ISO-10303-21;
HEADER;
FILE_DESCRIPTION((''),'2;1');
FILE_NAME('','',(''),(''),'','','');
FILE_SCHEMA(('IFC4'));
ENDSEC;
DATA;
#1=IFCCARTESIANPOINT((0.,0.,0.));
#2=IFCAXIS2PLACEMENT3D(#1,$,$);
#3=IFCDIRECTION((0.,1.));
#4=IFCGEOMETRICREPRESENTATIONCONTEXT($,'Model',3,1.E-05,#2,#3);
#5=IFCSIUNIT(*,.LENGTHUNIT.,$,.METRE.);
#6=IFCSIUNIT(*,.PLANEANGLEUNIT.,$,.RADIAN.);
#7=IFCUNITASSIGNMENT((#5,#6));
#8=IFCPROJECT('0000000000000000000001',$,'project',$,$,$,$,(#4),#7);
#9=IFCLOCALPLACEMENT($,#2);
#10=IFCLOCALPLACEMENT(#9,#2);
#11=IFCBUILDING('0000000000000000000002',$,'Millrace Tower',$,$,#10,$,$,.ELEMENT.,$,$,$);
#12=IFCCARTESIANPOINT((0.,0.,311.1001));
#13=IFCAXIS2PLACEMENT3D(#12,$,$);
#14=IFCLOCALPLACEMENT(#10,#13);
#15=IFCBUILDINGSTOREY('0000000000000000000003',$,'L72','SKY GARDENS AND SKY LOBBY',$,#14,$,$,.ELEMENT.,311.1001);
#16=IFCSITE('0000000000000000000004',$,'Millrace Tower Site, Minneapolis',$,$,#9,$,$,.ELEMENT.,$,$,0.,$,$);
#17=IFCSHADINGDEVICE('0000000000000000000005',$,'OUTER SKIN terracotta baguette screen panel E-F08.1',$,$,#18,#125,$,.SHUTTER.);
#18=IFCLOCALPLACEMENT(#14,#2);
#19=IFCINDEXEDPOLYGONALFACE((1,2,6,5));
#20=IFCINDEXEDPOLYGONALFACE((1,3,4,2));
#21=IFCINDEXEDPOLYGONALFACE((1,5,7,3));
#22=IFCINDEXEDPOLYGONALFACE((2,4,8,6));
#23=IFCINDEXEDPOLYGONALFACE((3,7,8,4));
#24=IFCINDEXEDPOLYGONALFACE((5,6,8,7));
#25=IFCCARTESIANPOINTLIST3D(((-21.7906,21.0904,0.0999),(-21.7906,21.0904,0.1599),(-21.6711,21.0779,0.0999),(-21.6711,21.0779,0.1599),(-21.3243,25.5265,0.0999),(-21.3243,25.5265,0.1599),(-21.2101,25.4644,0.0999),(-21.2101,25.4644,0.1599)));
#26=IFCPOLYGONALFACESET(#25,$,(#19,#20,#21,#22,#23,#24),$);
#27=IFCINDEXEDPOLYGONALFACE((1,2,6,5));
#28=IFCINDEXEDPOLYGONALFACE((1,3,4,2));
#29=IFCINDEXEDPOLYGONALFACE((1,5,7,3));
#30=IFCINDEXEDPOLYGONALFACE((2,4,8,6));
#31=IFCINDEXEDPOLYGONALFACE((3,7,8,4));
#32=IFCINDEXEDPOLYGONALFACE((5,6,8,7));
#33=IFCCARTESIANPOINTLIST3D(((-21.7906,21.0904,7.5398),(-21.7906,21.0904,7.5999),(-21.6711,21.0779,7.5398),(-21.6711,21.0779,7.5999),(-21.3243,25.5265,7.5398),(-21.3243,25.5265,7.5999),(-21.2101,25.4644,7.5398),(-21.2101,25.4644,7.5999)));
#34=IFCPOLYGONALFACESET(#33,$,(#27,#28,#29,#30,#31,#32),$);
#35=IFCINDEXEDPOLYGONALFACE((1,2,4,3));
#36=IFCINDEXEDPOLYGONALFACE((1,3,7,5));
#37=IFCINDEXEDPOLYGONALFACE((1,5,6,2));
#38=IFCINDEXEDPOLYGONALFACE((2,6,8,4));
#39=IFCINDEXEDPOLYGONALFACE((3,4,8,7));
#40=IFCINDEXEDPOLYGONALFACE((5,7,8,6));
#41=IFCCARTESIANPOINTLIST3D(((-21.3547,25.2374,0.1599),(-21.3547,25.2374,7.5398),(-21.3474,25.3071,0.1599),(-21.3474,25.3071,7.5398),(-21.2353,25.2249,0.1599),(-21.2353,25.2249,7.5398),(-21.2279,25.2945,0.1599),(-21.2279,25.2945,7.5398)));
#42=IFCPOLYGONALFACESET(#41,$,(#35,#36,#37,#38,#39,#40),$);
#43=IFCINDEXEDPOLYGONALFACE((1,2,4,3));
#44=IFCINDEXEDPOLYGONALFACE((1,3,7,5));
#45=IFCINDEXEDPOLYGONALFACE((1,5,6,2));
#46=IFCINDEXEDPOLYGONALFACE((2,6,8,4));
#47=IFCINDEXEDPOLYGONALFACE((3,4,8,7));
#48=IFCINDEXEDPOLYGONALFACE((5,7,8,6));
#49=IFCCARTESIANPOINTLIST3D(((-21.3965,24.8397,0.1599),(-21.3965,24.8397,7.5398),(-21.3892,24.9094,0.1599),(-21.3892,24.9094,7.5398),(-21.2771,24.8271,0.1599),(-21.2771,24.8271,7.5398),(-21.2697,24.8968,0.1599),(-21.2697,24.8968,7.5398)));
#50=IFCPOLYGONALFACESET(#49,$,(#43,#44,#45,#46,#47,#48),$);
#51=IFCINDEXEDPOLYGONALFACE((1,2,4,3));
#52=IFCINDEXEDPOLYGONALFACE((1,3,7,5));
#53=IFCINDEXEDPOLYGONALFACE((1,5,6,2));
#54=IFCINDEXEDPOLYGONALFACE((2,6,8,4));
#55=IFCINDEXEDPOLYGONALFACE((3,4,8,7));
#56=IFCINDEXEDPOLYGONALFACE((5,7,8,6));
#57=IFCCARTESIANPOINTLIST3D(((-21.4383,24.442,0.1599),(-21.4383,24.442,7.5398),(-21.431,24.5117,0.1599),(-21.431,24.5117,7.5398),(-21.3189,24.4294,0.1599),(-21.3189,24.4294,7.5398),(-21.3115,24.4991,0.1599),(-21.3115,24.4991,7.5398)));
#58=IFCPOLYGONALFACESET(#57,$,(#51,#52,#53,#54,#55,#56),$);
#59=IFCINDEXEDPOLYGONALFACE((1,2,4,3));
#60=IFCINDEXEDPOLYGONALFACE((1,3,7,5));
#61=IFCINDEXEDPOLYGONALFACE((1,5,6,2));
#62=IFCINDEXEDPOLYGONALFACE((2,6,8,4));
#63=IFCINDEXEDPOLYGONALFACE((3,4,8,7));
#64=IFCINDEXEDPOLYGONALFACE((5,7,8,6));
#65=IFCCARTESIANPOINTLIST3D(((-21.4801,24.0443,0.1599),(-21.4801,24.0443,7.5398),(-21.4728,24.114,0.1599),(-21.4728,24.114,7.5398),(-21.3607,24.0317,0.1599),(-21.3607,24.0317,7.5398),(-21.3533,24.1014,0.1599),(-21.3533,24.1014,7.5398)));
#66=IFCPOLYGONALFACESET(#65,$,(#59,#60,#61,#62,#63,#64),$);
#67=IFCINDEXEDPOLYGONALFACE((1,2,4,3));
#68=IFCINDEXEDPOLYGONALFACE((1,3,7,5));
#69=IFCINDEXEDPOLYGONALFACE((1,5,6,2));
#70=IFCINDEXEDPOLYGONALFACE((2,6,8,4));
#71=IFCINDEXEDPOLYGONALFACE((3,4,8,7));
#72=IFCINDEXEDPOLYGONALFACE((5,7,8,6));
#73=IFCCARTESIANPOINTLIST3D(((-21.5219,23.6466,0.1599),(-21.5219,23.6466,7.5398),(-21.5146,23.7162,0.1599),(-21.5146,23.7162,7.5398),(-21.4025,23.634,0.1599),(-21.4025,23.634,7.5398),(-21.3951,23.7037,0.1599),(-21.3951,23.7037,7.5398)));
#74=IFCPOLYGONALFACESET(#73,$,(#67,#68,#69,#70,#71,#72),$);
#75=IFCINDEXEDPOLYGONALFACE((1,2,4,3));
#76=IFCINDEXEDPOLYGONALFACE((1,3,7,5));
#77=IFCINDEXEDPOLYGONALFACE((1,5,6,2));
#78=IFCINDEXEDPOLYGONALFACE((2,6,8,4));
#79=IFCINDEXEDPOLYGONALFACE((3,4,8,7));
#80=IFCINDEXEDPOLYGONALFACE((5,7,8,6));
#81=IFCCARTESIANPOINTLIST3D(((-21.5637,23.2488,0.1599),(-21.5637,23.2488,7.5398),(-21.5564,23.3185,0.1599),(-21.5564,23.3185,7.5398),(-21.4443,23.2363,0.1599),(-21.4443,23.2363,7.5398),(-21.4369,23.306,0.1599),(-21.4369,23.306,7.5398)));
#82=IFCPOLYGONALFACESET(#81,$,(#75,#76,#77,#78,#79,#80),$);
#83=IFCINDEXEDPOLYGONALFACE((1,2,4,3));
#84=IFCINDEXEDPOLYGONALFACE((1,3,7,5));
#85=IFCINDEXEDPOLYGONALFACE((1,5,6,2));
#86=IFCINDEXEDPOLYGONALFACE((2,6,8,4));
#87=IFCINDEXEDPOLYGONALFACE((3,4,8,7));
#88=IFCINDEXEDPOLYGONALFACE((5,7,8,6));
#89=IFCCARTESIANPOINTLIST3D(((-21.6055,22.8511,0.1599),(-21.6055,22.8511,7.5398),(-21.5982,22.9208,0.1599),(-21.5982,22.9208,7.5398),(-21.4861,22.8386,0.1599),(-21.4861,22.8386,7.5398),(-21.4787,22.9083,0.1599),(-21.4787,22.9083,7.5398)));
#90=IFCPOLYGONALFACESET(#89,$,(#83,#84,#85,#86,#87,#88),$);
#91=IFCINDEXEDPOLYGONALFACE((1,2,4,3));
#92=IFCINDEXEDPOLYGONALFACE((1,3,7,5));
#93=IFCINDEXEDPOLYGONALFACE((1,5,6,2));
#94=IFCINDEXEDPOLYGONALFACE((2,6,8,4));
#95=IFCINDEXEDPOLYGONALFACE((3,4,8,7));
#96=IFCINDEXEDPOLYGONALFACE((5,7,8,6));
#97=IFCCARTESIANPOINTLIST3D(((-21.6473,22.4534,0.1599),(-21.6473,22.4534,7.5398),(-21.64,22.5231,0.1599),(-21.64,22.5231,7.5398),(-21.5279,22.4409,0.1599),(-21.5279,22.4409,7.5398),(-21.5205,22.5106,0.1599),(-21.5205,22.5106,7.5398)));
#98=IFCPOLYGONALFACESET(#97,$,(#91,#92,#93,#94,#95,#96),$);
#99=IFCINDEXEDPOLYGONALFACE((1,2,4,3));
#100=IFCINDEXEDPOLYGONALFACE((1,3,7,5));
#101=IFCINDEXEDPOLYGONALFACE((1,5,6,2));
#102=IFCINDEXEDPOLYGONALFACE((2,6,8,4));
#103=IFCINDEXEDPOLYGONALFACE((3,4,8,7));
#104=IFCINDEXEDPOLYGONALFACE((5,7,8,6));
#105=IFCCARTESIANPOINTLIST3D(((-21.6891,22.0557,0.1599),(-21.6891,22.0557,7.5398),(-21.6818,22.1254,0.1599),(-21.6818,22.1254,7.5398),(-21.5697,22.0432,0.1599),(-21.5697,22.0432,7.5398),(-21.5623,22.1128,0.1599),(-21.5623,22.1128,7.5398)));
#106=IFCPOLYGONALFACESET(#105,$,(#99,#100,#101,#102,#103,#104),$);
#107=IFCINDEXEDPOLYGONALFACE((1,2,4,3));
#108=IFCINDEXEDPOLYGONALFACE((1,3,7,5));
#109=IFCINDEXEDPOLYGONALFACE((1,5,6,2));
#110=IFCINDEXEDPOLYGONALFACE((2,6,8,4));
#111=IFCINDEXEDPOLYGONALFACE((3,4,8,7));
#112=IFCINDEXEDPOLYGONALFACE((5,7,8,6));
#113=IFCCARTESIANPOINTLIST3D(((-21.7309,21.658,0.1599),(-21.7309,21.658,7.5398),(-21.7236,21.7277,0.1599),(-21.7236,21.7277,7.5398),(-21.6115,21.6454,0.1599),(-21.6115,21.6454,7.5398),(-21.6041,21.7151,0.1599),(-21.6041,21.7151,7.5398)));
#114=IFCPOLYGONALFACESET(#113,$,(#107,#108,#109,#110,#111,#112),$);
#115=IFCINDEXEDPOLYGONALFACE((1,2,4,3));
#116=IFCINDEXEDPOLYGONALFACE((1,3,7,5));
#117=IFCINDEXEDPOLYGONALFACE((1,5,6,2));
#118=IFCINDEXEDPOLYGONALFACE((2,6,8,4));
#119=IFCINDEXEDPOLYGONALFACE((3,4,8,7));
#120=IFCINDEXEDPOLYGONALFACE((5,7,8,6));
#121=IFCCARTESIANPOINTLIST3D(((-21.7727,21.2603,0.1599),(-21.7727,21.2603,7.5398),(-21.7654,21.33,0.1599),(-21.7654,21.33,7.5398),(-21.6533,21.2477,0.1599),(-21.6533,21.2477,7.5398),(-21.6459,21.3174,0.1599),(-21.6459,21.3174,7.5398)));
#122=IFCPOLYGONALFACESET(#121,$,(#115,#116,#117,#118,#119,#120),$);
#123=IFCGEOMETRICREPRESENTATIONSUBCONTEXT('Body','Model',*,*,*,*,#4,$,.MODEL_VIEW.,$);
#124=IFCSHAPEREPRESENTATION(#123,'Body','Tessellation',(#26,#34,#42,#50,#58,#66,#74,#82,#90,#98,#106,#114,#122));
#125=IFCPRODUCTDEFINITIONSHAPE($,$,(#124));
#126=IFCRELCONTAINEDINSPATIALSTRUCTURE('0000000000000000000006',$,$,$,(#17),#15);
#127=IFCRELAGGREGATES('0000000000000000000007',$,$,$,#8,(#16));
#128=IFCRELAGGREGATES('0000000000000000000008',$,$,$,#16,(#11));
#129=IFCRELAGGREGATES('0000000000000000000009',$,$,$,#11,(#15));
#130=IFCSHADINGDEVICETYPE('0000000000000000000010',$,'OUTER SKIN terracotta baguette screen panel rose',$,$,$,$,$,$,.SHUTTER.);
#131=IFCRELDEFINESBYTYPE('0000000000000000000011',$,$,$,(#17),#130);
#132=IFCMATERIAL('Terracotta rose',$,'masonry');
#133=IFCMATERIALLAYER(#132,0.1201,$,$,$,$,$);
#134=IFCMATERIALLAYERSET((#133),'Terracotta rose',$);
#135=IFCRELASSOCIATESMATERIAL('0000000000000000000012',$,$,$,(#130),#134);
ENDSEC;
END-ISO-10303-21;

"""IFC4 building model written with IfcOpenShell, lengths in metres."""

from ifc_helpers import new_model, entity, si_unit, direction, frame, frame_2d, origin, place, context, subcontext, project, spatial, rectangle, extrude, source, transform, mapped, material, layer, layer_set, type_object, element, save


model = new_model("IFC4")

# Units and contexts
model_context = context("Model", 3, precision=1e-05, world=origin(), true_north=direction((0.0, 1.0)))
body_context = subcontext(model_context, "Body", "Model", "MODEL_VIEW")
ifc_project = project(units=[si_unit("LENGTHUNIT", "METRE"), si_unit("PLANEANGLEUNIT", "RADIAN")], contexts=[model_context])

# Site, building, storey
site_placement = place(None, origin())
site = spatial("IfcSite", under=ifc_project, at=site_placement, Name="Millrace Tower Site, Minneapolis", CompositionType="ELEMENT", RefElevation=0.0)
building_placement = place(site_placement, origin())
building = spatial("IfcBuilding", under=site, at=building_placement, Name="Millrace Tower", CompositionType="ELEMENT")
storey_placement = place(building_placement, frame((0.0, 0.0, 311.1001)))
storey = spatial("IfcBuildingStorey", under=building, at=storey_placement, Name="L72", Description="SKY GARDENS AND SKY LOBBY", CompositionType="ELEMENT", Elevation=311.1001)

# Shading device
ifc_material_1 = material(Name="Terracotta rose", Category="masonry")
ifc_layer_1 = layer(ifc_material_1, 0.1201)
ifc_layer_set_1 = layer_set([ifc_layer_1], Name="Terracotta rose")
shading_device_type = type_object("IfcShadingDeviceType", Name="OUTER SKIN terracotta baguette screen panel rose", PredefinedType="SHUTTER", material=ifc_layer_set_1)
cartesian_point_1 = entity("IfcCartesianPoint", [-2.1929, 0.0601])
shared_polyline_1 = entity("IfcPolyline", [cartesian_point_1, entity("IfcCartesianPoint", [2.2178, 0.0601]), entity("IfcCartesianPoint", [2.2178, -0.0601]), entity("IfcCartesianPoint", [-2.2427, -0.0601]), cartesian_point_1])
shared_shape_1 = source(origin(), body_context, "Body", "SweptSolid", [
    entity("IfcExtrudedAreaSolid", entity("IfcArbitraryClosedProfileDef", "AREA", None, shared_polyline_1), entity("IfcAxis2Placement3D", entity("IfcCartesianPoint", [0.0, 0.0, 0.0])), entity("IfcDirection", [0.0, 0.0, 1.0]), 0.0601),
    entity("IfcExtrudedAreaSolid", entity("IfcArbitraryClosedProfileDef", "AREA", None, shared_polyline_1), entity("IfcAxis2Placement3D", entity("IfcCartesianPoint", [0.0, 0.0, 7.4399])), entity("IfcDirection", [0.0, 0.0, 1.0]), 0.0601),
    extrude(rectangle(XDim=0.0701, YDim=0.1201, at=frame_2d((-1.9871, 0.0))), frame((0.0, 0.0, 0.0601)), (0.0, 0.0, 1.0), 7.3799),
    extrude(rectangle(XDim=0.0701, YDim=0.1201, at=frame_2d((-1.5872, 0.0))), frame((0.0, 0.0, 0.0601)), (0.0, 0.0, 1.0), 7.3799),
    extrude(rectangle(XDim=0.0701, YDim=0.1201, at=frame_2d((-1.1873, 0.0))), frame((0.0, 0.0, 0.0601)), (0.0, 0.0, 1.0), 7.3799),
    extrude(rectangle(XDim=0.0701, YDim=0.1201, at=frame_2d((-0.7874, 0.0))), frame((0.0, 0.0, 0.0601)), (0.0, 0.0, 1.0), 7.3799),
    extrude(rectangle(XDim=0.0701, YDim=0.1201, at=frame_2d((-0.3875, 0.0))), frame((0.0, 0.0, 0.0601)), (0.0, 0.0, 1.0), 7.3799),
    extrude(rectangle(XDim=0.0701, YDim=0.1201, at=frame_2d((0.0125, 0.0))), frame((0.0, 0.0, 0.0601)), (0.0, 0.0, 1.0), 7.3799),
    extrude(rectangle(XDim=0.0701, YDim=0.1201, at=frame_2d((0.4124, 0.0))), frame((0.0, 0.0, 0.0601)), (0.0, 0.0, 1.0), 7.3799),
    extrude(rectangle(XDim=0.0701, YDim=0.1201, at=frame_2d((0.8123, 0.0))), frame((0.0, 0.0, 0.0601)), (0.0, 0.0, 1.0), 7.3799),
    extrude(rectangle(XDim=0.0701, YDim=0.1201, at=frame_2d((1.2122, 0.0))), frame((0.0, 0.0, 0.0601)), (0.0, 0.0, 1.0), 7.3799),
    extrude(rectangle(XDim=0.0701, YDim=0.1201, at=frame_2d((1.6121, 0.0))), frame((0.0, 0.0, 0.0601)), (0.0, 0.0, 1.0), 7.3799),
    extrude(rectangle(XDim=0.0701, YDim=0.1201, at=frame_2d((2.012, 0.0))), frame((0.0, 0.0, 0.0601)), (0.0, 0.0, 1.0), 7.3799),
])
shading_device_1_placement = place(storey_placement, frame((-21.499, 23.2898, 0.0999), z_axis=(0.0, 0.0, 1.0), x_axis=(-0.104528, -0.994522, 0.0)))
element("IfcShadingDevice", 1, at=shading_device_1_placement, inside=storey, type_object=shading_device_type, Name="OUTER SKIN terracotta baguette screen panel E-F08.1", PredefinedType="SHUTTER", context=body_context, shape_type="MappedRepresentation", body=[
    mapped(shared_shape_1, transform((0.0, 0.0, 0.0), scale=1.0)),
])

save(model, "model.ifc")
